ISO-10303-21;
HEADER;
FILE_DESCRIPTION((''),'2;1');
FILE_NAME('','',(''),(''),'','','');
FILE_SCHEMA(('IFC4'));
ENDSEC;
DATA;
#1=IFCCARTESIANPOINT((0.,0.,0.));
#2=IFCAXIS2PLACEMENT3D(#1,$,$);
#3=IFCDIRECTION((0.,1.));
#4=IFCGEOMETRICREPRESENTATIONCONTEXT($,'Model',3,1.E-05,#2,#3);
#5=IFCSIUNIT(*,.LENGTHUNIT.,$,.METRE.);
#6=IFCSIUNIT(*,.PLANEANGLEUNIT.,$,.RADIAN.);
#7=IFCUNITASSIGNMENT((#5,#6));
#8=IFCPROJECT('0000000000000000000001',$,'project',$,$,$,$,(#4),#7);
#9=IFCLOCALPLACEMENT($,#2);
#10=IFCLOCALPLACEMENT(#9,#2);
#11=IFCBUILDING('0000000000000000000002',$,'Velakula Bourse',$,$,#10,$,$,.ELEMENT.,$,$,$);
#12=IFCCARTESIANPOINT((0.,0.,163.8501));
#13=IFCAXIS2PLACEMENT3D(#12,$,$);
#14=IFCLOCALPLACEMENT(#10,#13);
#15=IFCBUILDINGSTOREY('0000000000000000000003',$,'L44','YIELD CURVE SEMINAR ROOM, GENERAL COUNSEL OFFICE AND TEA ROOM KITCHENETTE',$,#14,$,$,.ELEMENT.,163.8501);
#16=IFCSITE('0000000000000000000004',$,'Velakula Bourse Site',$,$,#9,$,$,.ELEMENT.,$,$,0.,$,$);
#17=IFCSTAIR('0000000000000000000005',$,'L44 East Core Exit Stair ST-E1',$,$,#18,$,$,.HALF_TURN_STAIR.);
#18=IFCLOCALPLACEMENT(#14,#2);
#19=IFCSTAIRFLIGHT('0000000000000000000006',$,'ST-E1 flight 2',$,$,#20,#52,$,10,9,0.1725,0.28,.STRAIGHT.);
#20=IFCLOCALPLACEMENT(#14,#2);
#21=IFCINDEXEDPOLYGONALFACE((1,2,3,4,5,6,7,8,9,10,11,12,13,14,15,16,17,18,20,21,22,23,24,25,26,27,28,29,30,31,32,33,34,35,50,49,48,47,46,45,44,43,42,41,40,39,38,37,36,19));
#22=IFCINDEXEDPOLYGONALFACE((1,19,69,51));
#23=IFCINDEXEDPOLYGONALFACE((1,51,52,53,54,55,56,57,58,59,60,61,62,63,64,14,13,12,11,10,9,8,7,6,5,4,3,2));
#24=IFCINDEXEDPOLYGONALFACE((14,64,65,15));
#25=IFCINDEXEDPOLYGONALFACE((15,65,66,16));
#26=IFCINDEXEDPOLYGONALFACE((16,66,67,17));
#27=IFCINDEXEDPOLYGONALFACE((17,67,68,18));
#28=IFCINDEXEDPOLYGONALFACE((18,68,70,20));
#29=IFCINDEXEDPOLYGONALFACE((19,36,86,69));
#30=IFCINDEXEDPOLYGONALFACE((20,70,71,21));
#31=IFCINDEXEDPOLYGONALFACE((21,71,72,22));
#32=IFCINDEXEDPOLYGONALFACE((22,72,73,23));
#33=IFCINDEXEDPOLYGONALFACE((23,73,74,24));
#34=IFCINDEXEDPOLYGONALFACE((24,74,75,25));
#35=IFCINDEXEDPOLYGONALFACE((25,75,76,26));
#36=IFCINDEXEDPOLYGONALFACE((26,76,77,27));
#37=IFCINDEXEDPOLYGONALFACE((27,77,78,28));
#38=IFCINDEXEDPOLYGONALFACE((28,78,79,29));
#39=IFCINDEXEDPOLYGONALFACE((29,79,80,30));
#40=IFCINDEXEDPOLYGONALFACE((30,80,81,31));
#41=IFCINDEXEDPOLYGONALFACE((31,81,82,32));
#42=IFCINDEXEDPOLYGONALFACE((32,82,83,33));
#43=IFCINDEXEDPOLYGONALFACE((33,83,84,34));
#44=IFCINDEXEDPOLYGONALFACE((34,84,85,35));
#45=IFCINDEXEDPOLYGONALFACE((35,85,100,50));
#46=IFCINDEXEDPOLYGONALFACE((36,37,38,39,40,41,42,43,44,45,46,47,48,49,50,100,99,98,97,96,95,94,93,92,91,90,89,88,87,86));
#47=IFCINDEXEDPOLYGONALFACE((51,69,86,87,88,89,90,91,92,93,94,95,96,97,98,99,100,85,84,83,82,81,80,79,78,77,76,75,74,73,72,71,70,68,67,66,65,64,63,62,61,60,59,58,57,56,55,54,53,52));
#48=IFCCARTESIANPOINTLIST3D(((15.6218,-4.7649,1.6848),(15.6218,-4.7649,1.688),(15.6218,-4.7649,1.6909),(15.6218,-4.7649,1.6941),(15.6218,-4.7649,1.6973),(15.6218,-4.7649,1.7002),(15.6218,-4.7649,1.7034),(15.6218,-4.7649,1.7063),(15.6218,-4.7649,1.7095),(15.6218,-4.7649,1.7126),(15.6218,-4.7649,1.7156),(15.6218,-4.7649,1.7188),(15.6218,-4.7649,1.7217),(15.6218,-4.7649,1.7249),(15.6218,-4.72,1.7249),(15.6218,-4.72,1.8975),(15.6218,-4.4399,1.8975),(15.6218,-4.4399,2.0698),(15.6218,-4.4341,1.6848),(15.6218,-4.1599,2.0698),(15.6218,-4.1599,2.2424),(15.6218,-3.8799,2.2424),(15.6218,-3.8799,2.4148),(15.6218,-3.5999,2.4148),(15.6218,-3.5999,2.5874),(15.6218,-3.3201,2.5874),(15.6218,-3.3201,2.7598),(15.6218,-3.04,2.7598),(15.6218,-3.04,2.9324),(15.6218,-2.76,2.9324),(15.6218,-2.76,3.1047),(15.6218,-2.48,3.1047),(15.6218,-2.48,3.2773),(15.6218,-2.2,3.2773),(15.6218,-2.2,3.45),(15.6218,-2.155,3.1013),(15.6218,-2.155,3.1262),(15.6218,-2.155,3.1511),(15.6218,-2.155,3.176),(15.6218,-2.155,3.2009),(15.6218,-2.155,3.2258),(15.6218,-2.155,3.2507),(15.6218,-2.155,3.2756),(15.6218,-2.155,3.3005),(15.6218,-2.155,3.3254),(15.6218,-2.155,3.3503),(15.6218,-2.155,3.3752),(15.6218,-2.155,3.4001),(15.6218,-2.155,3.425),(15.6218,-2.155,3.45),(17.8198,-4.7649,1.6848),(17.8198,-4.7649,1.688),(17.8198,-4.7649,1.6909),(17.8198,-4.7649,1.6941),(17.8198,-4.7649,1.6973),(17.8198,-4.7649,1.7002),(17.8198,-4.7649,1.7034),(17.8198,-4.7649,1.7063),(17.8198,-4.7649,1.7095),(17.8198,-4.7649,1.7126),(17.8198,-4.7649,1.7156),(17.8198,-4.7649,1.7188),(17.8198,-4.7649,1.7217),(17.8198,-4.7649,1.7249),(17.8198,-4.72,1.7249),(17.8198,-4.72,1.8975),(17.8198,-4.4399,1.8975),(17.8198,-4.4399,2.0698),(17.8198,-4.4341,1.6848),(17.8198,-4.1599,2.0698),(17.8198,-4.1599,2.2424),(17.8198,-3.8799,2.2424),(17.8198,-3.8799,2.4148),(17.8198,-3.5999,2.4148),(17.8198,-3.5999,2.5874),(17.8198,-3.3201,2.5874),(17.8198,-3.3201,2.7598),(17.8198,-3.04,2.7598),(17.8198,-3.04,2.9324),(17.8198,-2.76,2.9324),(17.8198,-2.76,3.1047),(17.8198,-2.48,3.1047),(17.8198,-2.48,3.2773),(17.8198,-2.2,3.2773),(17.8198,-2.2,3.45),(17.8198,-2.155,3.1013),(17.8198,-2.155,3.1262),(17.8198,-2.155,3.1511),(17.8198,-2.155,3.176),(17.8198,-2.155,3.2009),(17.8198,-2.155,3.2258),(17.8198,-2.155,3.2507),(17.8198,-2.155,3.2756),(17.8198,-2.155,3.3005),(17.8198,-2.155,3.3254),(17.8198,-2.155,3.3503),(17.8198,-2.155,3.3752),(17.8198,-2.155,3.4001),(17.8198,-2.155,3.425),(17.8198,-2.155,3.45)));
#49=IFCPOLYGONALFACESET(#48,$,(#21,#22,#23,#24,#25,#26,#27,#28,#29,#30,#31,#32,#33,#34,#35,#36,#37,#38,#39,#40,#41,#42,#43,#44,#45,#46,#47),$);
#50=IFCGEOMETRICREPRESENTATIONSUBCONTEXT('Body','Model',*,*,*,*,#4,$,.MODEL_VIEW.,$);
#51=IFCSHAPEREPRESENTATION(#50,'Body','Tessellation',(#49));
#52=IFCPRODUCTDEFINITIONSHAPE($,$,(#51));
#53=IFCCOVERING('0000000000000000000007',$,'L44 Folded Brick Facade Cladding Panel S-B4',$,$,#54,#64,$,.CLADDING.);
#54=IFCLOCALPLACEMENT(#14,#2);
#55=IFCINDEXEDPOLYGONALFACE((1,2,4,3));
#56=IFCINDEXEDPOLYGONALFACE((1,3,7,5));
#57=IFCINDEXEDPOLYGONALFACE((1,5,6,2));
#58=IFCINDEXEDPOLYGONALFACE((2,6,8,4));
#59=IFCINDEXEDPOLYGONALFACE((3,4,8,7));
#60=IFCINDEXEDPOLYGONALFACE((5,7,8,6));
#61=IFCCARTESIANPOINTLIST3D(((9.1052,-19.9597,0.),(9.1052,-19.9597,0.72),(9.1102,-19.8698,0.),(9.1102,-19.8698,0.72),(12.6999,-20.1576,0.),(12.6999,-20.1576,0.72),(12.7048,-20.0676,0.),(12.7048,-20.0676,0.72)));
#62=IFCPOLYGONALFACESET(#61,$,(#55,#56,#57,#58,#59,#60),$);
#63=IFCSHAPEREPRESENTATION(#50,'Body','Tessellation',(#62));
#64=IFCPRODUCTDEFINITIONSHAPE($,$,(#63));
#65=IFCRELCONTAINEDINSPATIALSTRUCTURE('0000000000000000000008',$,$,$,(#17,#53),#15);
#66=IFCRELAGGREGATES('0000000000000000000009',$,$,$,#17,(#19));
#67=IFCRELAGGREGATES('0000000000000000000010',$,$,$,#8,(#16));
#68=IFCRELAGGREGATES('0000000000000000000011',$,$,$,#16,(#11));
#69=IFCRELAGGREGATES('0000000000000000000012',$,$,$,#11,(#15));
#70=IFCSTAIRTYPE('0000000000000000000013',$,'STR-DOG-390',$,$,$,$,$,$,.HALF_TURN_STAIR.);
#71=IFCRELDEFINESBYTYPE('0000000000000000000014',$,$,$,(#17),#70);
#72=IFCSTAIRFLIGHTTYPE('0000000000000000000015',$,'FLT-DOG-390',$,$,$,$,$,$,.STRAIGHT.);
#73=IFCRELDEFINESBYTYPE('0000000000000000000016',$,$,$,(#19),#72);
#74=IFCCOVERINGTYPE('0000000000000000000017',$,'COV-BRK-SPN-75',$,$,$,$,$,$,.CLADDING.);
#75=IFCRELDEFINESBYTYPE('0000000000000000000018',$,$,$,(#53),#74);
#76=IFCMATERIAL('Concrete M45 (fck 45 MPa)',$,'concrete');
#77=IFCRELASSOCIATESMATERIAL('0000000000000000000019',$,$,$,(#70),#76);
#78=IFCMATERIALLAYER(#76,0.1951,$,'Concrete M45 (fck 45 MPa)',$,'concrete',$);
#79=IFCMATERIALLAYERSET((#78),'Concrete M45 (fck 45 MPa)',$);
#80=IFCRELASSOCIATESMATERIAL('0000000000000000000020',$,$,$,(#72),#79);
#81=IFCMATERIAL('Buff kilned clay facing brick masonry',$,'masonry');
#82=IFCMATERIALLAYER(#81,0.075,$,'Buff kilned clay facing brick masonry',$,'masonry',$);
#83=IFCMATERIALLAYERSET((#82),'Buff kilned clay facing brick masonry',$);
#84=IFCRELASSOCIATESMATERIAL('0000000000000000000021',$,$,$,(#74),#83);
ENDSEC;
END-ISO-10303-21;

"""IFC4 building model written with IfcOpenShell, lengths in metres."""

from ifc_helpers import new_model, si_unit, direction, frame, origin, origin_2d, place, context, subcontext, project, spatial, polyline, rectangle, outline, extrude, material, layer, layer_set, type_object, element, aggregate, save


model = new_model("IFC4")

# Units and contexts
model_context = context("Model", 3, precision=1e-05, world=origin(), true_north=direction((0.0, 1.0)))
body_context = subcontext(model_context, "Body", "Model", "MODEL_VIEW")
ifc_project = project(units=[si_unit("LENGTHUNIT", "METRE"), si_unit("PLANEANGLEUNIT", "RADIAN")], contexts=[model_context])

# Site, building, storey
site_placement = place(None, origin())
site = spatial("IfcSite", under=ifc_project, at=site_placement, Name="Velakula Bourse Site", CompositionType="ELEMENT", RefElevation=0.0)
building_placement = place(site_placement, origin())
building = spatial("IfcBuilding", under=site, at=building_placement, Name="Velakula Bourse", CompositionType="ELEMENT")
storey_placement = place(building_placement, frame((0.0, 0.0, 163.8501)))
storey = spatial("IfcBuildingStorey", under=building, at=storey_placement, Name="L44", Description="YIELD CURVE SEMINAR ROOM, GENERAL COUNSEL OFFICE AND TEA ROOM KITCHENETTE", CompositionType="ELEMENT", Elevation=163.8501)

# Stair, stair flight
ifc_material_1 = material(Name="Concrete M45 (fck 45 MPa)", Category="concrete")
stair_type = type_object("IfcStairType", Name="STR-DOG-390", PredefinedType="HALF_TURN_STAIR", material=ifc_material_1)
stair_placement = place(storey_placement, origin())
stair = element("IfcStair", 1, at=stair_placement, inside=storey, type_object=stair_type, Name="L44 East Core Exit Stair ST-E1", PredefinedType="HALF_TURN_STAIR")
ifc_layer_1 = layer(ifc_material_1, 0.1951, Name="Concrete M45 (fck 45 MPa)", Category="concrete")
ifc_layer_set_1 = layer_set([ifc_layer_1], Name="Concrete M45 (fck 45 MPa)")
stair_flight_type = type_object("IfcStairFlightType", Name="FLT-DOG-390", PredefinedType="STRAIGHT", material=ifc_layer_set_1)
stair_flight_1_placement = place(storey_placement, frame((16.7209, -4.72, 1.7249), z_axis=(0.0, 0.0, 1.0), x_axis=(0.0, 1.0, 0.0)))
stair_flight_1 = element("IfcStairFlight", 2, at=stair_flight_1_placement, type_object=stair_flight_type, Name="ST-E1 flight 2", NumberOfRisers=10, NumberOfTreads=9, PredefinedType="STRAIGHT", RiserHeight=0.1725, TreadLength=0.28, context=body_context, shape_type="SweptSolid", body=[
    extrude(outline(polyline([(-0.0449, -0.04), (-0.0449, -0.0369), (-0.0449, -0.0339), (-0.0449, -0.0308), (-0.0449, -0.0276), (-0.0449, -0.0247), (-0.0449, -0.0215), (-0.0449, -0.0186), (-0.0449, -0.0154), (-0.0449, -0.0122), (-0.0449, -0.0093), (-0.0449, -0.0061), (-0.0449, -0.0032), (-0.0449, 0.0), (0.0, 0.0), (0.0, 0.1726), (0.28, 0.1726), (0.28, 0.345), (0.5601, 0.345), (0.5601, 0.5176), (0.8401, 0.5176), (0.8401, 0.6899), (1.1201, 0.6899), (1.1201, 0.8625), (1.3999, 0.8625), (1.3999, 1.0349), (1.6799, 1.0349), (1.6799, 1.2075), (1.96, 1.2075), (1.96, 1.3799), (2.24, 1.3799), (2.24, 1.5525), (2.52, 1.5525), (2.52, 1.7251), (2.5649, 1.7251), (2.5649, 1.7002), (2.5649, 1.6753), (2.5649, 1.6504), (2.5649, 1.6255), (2.5649, 1.6006), (2.5649, 1.5757), (2.5649, 1.5508), (2.5649, 1.5259), (2.5649, 1.501), (2.5649, 1.4761), (2.5649, 1.4512), (2.5649, 1.4263), (2.5649, 1.4014), (2.5649, 1.3765), (0.2859, -0.04), (-0.0449, -0.04)])), frame((0.0, 1.0991, 0.0), z_axis=(0.0, -1.0, 0.0), x_axis=(1.0, 0.0, 0.0)), (0.0, 0.0, 1.0), 2.198),
])
aggregate(stair, [stair_flight_1])

# Covering
ifc_material_2 = material(Name="Buff kilned clay facing brick masonry", Category="masonry")
ifc_layer_2 = layer(ifc_material_2, 0.075, Name="Buff kilned clay facing brick masonry", Category="masonry")
ifc_layer_set_2 = layer_set([ifc_layer_2], Name="Buff kilned clay facing brick masonry")
covering_type = type_object("IfcCoveringType", Name="COV-BRK-SPN-75", PredefinedType="CLADDING", material=ifc_layer_set_2)
covering_placement = place(storey_placement, frame((10.905, -20.0137, 0.0), z_axis=(0.0, 0.0, 1.0), x_axis=(0.998489, -0.05495, 0.0)))
element("IfcCovering", 3, at=covering_placement, inside=storey, type_object=covering_type, Name="L44 Folded Brick Facade Cladding Panel S-B4", PredefinedType="CLADDING", context=body_context, shape_type="SweptSolid", body=[
    extrude(rectangle(XDim=3.6001, YDim=0.0901, at=origin_2d()), origin(), (0.0, 0.0, 1.0), 0.72),
])

save(model, "model.ifc")
